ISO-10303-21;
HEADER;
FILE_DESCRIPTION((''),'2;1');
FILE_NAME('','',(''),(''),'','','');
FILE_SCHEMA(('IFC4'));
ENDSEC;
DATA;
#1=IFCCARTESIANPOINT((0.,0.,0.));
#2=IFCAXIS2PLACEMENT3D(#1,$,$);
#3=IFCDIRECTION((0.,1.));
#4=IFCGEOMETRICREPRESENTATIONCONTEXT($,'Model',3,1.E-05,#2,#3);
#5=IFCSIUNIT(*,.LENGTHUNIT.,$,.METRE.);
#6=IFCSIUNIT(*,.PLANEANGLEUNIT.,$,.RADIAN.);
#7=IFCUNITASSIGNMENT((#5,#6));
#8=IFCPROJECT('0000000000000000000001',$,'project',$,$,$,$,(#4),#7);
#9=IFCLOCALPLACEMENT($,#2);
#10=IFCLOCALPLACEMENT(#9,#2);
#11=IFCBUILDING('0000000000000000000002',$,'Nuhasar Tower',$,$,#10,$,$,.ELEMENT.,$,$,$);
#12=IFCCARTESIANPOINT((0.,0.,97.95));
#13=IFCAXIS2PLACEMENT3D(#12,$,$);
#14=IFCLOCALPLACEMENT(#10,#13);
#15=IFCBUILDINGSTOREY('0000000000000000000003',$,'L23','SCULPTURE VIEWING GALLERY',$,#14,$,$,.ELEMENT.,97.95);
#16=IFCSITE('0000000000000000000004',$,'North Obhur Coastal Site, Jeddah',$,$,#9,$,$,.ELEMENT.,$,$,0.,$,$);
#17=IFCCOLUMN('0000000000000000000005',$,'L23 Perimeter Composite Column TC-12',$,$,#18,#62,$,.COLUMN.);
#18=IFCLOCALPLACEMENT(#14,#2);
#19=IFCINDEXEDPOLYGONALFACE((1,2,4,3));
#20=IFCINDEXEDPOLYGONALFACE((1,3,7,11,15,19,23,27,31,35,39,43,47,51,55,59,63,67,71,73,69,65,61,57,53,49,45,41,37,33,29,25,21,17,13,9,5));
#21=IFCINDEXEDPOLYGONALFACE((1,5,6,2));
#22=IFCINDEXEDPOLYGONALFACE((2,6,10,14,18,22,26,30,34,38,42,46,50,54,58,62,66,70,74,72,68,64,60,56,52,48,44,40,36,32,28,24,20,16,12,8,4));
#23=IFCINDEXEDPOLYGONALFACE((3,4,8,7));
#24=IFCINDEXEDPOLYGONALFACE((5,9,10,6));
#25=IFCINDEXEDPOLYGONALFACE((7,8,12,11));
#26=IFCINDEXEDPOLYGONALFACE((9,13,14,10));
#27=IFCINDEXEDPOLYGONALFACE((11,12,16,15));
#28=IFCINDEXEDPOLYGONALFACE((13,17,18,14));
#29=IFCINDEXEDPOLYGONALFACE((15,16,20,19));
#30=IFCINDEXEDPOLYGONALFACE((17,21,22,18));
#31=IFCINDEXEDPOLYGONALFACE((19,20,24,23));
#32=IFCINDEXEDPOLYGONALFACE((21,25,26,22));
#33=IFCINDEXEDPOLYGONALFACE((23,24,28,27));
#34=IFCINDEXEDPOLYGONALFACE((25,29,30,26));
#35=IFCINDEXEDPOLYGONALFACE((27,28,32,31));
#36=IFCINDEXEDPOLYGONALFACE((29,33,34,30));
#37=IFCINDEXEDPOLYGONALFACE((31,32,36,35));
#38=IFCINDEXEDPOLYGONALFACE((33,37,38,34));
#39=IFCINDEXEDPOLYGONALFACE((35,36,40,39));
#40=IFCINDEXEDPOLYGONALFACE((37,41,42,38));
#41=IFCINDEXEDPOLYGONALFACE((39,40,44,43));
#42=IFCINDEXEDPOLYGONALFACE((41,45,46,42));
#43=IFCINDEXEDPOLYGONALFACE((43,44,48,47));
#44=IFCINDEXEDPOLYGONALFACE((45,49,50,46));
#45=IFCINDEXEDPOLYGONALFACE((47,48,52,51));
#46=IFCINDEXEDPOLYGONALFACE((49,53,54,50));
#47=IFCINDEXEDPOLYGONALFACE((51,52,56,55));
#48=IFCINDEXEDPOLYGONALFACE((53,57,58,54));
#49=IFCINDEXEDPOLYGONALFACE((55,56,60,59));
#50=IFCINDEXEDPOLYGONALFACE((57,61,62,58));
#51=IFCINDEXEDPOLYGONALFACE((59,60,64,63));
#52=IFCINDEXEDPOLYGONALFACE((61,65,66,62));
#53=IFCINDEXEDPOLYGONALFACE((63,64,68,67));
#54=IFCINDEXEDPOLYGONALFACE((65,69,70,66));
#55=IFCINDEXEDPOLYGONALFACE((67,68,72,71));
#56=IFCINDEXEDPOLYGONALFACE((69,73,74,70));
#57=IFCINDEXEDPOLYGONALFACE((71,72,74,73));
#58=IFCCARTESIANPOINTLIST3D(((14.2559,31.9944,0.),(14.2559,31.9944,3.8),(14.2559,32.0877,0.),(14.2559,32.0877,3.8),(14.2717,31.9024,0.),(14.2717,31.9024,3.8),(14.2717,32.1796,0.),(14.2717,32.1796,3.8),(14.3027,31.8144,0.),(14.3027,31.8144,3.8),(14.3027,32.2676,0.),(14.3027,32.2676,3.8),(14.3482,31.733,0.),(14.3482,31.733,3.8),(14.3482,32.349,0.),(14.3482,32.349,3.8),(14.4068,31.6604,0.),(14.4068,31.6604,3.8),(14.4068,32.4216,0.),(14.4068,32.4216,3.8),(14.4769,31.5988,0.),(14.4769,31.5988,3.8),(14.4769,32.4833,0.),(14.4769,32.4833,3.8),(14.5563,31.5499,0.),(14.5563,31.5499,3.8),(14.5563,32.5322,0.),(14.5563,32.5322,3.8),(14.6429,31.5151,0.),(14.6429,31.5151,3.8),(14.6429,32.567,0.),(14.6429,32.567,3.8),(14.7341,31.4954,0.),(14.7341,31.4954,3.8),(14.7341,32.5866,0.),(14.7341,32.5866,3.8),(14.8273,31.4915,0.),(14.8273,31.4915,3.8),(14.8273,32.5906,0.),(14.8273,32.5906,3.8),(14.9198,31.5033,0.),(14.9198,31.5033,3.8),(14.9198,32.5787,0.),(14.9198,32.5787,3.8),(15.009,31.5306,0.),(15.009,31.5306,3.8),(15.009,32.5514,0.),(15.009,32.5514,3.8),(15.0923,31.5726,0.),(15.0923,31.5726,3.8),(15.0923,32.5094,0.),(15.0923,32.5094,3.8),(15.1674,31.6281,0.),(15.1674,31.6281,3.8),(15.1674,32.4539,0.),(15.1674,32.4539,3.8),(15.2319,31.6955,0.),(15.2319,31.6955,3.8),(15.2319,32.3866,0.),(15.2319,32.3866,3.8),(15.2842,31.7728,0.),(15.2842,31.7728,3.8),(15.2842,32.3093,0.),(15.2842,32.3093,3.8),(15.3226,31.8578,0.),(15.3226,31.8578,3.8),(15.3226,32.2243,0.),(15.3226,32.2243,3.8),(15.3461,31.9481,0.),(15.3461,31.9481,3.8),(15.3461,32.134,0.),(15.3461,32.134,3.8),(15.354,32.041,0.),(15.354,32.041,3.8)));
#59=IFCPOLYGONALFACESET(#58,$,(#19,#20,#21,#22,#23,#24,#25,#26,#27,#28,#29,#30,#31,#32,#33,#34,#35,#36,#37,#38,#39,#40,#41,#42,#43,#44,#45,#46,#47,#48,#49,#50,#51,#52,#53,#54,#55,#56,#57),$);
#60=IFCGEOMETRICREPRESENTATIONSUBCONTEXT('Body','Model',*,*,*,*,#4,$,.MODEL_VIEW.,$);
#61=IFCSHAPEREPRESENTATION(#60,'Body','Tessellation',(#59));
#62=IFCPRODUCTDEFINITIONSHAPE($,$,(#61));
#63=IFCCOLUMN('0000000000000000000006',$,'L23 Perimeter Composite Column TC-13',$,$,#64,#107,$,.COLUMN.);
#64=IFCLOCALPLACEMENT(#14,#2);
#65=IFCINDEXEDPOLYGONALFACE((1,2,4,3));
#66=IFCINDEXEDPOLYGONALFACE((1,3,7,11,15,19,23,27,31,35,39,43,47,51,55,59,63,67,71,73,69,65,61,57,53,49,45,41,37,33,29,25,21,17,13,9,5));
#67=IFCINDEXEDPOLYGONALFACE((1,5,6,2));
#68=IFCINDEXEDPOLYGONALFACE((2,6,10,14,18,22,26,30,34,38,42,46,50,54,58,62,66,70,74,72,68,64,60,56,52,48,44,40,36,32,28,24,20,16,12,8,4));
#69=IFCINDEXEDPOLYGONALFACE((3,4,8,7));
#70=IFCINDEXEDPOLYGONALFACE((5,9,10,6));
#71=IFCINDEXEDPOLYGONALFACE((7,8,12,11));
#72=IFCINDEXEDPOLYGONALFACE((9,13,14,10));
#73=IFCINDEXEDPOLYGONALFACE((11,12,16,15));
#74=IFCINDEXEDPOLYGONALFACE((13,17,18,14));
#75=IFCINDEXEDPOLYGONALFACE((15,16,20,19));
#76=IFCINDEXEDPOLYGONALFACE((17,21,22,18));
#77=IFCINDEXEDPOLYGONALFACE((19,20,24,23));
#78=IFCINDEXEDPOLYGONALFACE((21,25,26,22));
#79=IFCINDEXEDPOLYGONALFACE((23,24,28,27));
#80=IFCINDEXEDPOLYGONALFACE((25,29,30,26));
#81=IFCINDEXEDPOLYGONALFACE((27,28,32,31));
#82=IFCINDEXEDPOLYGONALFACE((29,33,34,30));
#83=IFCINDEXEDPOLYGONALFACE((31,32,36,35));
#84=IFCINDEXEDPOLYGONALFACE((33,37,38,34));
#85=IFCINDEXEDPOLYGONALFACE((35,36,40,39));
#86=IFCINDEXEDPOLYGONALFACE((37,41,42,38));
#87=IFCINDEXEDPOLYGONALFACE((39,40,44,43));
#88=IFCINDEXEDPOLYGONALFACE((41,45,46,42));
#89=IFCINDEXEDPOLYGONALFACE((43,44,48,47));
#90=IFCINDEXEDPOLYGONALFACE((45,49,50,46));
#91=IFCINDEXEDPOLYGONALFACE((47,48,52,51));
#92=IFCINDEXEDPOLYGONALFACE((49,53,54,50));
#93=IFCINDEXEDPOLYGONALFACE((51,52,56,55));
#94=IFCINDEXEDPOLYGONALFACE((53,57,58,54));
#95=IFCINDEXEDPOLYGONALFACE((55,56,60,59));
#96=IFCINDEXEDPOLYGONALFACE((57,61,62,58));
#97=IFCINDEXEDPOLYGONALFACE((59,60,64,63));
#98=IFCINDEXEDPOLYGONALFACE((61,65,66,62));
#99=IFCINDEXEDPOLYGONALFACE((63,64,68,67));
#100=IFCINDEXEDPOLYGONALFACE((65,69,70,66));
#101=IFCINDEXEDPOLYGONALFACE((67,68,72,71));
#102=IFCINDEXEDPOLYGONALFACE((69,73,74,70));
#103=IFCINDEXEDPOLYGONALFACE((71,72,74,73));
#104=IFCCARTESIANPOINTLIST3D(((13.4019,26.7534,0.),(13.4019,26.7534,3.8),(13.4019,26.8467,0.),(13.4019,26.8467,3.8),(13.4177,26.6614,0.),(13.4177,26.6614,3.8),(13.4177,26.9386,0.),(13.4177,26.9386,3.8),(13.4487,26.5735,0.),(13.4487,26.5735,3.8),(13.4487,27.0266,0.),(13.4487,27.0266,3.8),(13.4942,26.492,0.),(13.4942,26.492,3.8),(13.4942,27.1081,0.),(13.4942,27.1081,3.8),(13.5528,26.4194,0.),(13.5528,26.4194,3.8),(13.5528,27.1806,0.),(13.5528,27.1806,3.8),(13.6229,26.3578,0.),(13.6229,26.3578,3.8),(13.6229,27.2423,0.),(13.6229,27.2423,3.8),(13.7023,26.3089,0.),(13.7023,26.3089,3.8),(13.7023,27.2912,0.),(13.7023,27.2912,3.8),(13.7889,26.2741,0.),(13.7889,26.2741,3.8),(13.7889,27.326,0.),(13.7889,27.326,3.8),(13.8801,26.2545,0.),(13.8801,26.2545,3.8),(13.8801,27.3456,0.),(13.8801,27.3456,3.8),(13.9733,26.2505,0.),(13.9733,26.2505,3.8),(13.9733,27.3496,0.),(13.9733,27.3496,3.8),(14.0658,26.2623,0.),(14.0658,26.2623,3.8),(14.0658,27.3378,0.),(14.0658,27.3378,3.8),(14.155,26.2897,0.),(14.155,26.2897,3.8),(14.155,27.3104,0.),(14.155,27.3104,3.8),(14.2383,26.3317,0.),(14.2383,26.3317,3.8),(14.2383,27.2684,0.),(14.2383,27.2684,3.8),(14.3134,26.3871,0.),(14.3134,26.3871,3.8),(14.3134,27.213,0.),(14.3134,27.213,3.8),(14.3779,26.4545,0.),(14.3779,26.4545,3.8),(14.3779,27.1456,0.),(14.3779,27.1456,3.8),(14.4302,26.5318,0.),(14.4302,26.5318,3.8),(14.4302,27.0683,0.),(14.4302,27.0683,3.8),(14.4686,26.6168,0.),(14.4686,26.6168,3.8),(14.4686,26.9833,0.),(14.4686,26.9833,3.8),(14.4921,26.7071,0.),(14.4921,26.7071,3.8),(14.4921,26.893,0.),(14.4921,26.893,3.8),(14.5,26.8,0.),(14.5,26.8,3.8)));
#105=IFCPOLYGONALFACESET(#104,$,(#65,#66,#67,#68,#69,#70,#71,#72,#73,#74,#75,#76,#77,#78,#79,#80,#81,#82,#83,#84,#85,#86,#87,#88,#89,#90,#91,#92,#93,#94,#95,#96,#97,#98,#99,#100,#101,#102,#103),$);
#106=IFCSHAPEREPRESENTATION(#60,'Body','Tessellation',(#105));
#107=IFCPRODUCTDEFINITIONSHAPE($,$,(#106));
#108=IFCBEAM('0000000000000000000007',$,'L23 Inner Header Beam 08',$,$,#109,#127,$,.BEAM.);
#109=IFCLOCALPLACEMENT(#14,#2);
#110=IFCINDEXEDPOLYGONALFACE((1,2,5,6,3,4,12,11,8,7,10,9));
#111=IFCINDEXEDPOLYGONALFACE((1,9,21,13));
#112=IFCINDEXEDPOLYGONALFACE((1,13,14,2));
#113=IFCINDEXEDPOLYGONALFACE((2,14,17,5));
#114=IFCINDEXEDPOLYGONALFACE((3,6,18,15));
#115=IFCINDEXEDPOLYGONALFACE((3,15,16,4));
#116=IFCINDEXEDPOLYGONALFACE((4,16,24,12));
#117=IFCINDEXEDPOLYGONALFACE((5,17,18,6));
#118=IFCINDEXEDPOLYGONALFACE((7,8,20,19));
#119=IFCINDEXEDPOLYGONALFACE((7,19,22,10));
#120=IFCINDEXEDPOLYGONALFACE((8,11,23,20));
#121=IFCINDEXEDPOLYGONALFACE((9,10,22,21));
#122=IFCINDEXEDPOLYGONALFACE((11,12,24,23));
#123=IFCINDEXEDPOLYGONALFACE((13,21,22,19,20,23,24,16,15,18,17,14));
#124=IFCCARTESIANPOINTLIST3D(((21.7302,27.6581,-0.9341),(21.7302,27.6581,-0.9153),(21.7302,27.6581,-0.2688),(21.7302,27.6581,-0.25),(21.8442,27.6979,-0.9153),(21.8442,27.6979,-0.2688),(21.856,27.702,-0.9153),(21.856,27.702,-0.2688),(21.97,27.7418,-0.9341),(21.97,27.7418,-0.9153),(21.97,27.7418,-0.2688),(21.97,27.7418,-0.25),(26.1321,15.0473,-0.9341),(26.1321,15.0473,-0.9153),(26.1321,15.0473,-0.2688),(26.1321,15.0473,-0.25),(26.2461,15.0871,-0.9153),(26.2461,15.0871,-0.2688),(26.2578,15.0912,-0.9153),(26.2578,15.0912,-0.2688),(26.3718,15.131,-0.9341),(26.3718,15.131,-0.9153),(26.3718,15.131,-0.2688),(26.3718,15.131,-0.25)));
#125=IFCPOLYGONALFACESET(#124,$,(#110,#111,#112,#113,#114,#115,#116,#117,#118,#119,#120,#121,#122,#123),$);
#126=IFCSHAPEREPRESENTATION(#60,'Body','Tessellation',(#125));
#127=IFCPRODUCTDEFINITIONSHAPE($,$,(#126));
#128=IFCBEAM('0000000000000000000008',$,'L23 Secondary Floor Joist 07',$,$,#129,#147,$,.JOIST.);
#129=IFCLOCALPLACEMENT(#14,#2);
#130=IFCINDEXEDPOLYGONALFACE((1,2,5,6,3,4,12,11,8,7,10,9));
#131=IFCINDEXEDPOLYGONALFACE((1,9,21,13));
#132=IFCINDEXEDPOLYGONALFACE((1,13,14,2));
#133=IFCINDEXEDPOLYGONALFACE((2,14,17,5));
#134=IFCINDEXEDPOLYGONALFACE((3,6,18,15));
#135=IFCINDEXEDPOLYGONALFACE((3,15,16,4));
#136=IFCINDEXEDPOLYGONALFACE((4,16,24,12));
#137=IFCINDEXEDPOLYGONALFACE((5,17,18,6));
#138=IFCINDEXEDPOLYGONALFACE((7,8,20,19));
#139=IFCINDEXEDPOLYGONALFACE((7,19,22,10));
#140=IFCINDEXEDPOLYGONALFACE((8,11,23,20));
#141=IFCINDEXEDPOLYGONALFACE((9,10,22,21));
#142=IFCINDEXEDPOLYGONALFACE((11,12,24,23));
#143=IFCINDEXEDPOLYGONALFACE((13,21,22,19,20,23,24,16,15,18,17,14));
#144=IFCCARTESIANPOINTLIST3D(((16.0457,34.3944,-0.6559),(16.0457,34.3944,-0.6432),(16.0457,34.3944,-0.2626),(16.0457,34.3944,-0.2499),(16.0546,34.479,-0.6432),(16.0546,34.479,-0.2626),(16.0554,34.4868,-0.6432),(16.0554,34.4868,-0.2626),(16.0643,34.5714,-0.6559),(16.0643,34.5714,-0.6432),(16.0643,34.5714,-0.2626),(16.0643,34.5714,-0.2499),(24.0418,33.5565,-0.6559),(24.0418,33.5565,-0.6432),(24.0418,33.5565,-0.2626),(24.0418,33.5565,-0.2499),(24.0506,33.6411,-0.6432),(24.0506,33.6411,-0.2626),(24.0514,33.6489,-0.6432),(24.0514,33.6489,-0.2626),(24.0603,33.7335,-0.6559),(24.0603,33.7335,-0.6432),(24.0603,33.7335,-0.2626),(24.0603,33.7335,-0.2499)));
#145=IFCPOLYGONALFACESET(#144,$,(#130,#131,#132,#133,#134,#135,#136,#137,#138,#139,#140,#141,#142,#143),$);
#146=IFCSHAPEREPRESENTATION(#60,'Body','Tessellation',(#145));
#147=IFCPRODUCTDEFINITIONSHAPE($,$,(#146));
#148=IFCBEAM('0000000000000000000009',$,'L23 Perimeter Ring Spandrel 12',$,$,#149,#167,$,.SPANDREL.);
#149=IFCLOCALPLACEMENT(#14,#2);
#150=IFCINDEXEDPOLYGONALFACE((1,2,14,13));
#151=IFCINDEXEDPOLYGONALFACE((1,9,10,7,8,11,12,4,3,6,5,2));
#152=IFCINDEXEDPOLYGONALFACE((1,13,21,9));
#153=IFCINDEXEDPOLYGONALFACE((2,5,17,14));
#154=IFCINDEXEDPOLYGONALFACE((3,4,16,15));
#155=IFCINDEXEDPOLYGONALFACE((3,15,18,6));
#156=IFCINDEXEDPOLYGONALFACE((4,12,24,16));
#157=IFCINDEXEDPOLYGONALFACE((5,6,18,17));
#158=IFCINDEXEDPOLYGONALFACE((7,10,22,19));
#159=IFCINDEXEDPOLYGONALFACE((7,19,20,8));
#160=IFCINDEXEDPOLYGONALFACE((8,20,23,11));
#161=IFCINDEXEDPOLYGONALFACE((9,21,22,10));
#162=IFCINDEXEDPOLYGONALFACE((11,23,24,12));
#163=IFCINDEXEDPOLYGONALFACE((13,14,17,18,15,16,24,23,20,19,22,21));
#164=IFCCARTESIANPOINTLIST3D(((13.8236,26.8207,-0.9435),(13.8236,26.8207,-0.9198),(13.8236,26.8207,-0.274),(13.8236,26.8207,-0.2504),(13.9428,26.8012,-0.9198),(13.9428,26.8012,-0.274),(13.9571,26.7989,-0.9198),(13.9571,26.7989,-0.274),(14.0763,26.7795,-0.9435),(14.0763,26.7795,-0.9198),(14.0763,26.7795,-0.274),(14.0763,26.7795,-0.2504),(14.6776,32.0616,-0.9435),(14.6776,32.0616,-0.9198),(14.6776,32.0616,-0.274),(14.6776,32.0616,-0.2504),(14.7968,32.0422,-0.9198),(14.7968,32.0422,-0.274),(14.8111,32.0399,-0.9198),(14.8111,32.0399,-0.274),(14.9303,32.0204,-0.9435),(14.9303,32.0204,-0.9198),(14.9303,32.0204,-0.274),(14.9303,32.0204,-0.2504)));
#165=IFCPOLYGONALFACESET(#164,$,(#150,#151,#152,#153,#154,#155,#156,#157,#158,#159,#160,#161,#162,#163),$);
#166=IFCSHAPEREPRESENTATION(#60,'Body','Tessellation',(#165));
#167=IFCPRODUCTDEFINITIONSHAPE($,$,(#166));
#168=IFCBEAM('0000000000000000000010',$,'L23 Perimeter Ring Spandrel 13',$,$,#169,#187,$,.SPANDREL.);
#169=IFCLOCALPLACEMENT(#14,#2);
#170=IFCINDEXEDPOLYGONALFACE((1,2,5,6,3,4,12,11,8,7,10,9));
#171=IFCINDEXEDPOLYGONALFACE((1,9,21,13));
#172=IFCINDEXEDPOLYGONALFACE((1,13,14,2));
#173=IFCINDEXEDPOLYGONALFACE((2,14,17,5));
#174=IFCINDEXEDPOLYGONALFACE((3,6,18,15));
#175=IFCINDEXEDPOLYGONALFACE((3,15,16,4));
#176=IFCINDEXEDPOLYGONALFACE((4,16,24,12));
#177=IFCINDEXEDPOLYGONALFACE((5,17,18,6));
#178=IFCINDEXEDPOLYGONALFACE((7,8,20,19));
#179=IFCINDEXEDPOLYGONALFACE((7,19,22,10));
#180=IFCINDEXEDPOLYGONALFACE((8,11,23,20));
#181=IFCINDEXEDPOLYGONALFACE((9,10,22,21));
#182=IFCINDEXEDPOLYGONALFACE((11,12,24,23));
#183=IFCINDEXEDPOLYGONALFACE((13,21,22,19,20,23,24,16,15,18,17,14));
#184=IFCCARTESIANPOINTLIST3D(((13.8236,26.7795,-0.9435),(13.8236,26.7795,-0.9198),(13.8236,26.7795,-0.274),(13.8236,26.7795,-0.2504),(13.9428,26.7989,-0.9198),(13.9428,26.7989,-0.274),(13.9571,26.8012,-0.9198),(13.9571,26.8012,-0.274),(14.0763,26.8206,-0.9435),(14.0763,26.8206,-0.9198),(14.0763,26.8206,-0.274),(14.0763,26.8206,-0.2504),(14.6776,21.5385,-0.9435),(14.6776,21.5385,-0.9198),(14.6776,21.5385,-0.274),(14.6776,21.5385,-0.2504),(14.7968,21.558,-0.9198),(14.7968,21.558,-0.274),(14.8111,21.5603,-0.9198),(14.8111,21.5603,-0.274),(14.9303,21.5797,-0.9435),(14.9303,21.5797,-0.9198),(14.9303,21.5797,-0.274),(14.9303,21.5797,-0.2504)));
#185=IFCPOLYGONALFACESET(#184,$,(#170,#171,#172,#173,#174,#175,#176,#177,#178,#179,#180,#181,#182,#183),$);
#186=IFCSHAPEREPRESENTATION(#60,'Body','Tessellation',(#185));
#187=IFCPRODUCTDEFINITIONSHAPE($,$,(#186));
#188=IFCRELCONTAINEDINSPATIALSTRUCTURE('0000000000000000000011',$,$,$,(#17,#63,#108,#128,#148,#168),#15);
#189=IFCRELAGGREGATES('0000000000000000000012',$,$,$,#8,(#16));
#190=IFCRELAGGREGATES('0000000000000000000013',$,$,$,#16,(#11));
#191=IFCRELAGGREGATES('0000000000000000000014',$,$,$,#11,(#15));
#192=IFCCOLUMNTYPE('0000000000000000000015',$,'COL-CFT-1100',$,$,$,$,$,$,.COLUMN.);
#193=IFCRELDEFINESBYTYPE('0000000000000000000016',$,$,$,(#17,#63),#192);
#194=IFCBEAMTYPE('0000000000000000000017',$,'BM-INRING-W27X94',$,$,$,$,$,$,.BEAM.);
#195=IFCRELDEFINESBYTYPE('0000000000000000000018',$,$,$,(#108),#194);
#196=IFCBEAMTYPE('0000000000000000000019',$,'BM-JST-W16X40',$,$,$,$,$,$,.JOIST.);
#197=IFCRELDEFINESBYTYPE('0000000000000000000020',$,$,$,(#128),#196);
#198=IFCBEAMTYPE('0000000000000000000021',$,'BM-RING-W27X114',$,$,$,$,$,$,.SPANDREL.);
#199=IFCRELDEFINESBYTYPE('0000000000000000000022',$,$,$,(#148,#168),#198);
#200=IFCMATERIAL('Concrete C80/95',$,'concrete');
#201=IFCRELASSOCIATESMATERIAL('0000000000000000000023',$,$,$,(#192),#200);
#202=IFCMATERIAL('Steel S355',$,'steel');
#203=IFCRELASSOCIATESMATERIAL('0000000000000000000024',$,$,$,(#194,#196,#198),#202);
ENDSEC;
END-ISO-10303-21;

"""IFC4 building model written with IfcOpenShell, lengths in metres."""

from ifc_helpers import new_model, si_unit, direction, frame, origin, origin_2d, place, context, subcontext, project, spatial, circle, i_section, extrude, material, material_profile, profile_set, type_object, element, save


model = new_model("IFC4")

# Units and contexts
model_context = context("Model", 3, precision=1e-05, world=origin(), true_north=direction((0.0, 1.0)))
body_context = subcontext(model_context, "Body", "Model", "MODEL_VIEW")
ifc_project = project(units=[si_unit("LENGTHUNIT", "METRE"), si_unit("PLANEANGLEUNIT", "RADIAN")], contexts=[model_context])

# Site, building, storey
site_placement = place(None, origin())
site = spatial("IfcSite", under=ifc_project, at=site_placement, Name="North Obhur Coastal Site, Jeddah", CompositionType="ELEMENT", RefElevation=0.0)
building_placement = place(site_placement, origin())
building = spatial("IfcBuilding", under=site, at=building_placement, Name="Nuhasar Tower", CompositionType="ELEMENT")
storey_placement = place(building_placement, frame((0.0, 0.0, 97.95)))
storey = spatial("IfcBuildingStorey", under=building, at=storey_placement, Name="L23", Description="SCULPTURE VIEWING GALLERY", CompositionType="ELEMENT", Elevation=97.95)

# Columns
ifc_material_1 = material(Name="Concrete C80/95", Category="concrete")
ifc_material_profile_1 = material_profile(ifc_material_1, circle(Radius=0.55, at=origin_2d()), Name="CFT1100")
ifc_profile_set_1 = profile_set([ifc_material_profile_1], Name="Concrete C80/95")
column_type = type_object("IfcColumnType", Name="COL-CFT-1100", PredefinedType="COLUMN", material=ifc_profile_set_1)
for number, where, z_axis, x_axis, name in (
    (1, (14.804, 32.041, 0.0), (0.0, 0.0, 1.0), (1.0, 0.0, 0.0), "L23 Perimeter Composite Column TC-12"),
    (2, (13.95, 26.8, 0.0), (0.0, 0.0, 1.0), (1.0, 0.0, 0.0), "L23 Perimeter Composite Column TC-13"),
):
    element("IfcColumn", number, at=place(storey_placement, frame(where, z_axis=z_axis, x_axis=x_axis)), inside=storey, type_object=column_type, Name=name, PredefinedType="COLUMN", context=body_context, shape_type="SweptSolid", body=[
        extrude(circle(Radius=0.55, at=origin_2d()), origin(), (0.0, 0.0, 1.0), 3.8),
    ])

# Beams
ifc_material_2 = material(Name="Steel S355", Category="steel")
ifc_material_profile_2 = material_profile(ifc_material_2, i_section(OverallWidth=0.2539, OverallDepth=0.6841, WebThickness=0.0125, FlangeThickness=0.0188, at=origin_2d()), Name="W27X94")
ifc_profile_set_2 = profile_set([ifc_material_profile_2], Name="Steel S355")
beam_type_1 = type_object("IfcBeamType", Name="BM-INRING-W27X94", PredefinedType="BEAM", material=ifc_profile_set_2)
beam_1_placement = place(storey_placement, frame((21.8501, 27.7, -0.592), z_axis=(0.329554, -0.944137, 0.0), x_axis=(0.944137, 0.329554, 0.0)))
element("IfcBeam", 3, at=beam_1_placement, inside=storey, type_object=beam_type_1, Name="L23 Inner Header Beam 08", PredefinedType="BEAM", context=body_context, shape_type="SweptSolid", body=[
    extrude(i_section(OverallWidth=0.2539, OverallDepth=0.6841, WebThickness=0.0125, FlangeThickness=0.0188, at=origin_2d()), origin(), (0.0, 0.0, 1.0), 13.3569),
])
ifc_material_profile_3 = material_profile(ifc_material_2, i_section(OverallWidth=0.178, OverallDepth=0.406, WebThickness=0.0078, FlangeThickness=0.0127, at=origin_2d()), Name="W16X40")
ifc_profile_set_3 = profile_set([ifc_material_profile_3], Name="Steel S355")
beam_type_2 = type_object("IfcBeamType", Name="BM-JST-W16X40", PredefinedType="JOIST", material=ifc_profile_set_3)
beam_2_placement = place(storey_placement, frame((24.051, 33.645, -0.4529), z_axis=(-0.994555, 0.104217, 0.0), x_axis=(-0.104217, -0.994555, 0.0)))
element("IfcBeam", 4, at=beam_2_placement, inside=storey, type_object=beam_type_2, Name="L23 Secondary Floor Joist 07", PredefinedType="JOIST", context=body_context, shape_type="SweptSolid", body=[
    extrude(i_section(OverallWidth=0.178, OverallDepth=0.406, WebThickness=0.0078, FlangeThickness=0.0127, at=origin_2d()), origin(), (0.0, 0.0, 1.0), 8.0398),
])
ifc_material_profile_4 = material_profile(ifc_material_2, i_section(OverallWidth=0.2561, OverallDepth=0.6931, WebThickness=0.0144, FlangeThickness=0.0237, at=origin_2d()), Name="W27X114")
ifc_profile_set_4 = profile_set([ifc_material_profile_4], Name="Steel S355")
beam_type_3 = type_object("IfcBeamType", Name="BM-RING-W27X114", PredefinedType="SPANDREL", material=ifc_profile_set_4)
for number, where, z_axis, x_axis, name in (
    (5, (14.804, 32.041, -0.5969), (-0.160827, -0.986983, 0.0), (0.986983, -0.160827, 0.0), "L23 Perimeter Ring Spandrel 12"),
    (6, (13.95, 26.8, -0.5969), (0.160827, -0.986983, 0.0), (0.986983, 0.160827, 0.0), "L23 Perimeter Ring Spandrel 13"),
):
    element("IfcBeam", number, at=place(storey_placement, frame(where, z_axis=z_axis, x_axis=x_axis)), inside=storey, type_object=beam_type_3, Name=name, PredefinedType="SPANDREL", context=body_context, shape_type="SweptSolid", body=[
        extrude(i_section(OverallWidth=0.2561, OverallDepth=0.6931, WebThickness=0.0144, FlangeThickness=0.0237, at=origin_2d()), origin(), (0.0, 0.0, 1.0), 5.3101),
    ])

save(model, "model.ifc")
